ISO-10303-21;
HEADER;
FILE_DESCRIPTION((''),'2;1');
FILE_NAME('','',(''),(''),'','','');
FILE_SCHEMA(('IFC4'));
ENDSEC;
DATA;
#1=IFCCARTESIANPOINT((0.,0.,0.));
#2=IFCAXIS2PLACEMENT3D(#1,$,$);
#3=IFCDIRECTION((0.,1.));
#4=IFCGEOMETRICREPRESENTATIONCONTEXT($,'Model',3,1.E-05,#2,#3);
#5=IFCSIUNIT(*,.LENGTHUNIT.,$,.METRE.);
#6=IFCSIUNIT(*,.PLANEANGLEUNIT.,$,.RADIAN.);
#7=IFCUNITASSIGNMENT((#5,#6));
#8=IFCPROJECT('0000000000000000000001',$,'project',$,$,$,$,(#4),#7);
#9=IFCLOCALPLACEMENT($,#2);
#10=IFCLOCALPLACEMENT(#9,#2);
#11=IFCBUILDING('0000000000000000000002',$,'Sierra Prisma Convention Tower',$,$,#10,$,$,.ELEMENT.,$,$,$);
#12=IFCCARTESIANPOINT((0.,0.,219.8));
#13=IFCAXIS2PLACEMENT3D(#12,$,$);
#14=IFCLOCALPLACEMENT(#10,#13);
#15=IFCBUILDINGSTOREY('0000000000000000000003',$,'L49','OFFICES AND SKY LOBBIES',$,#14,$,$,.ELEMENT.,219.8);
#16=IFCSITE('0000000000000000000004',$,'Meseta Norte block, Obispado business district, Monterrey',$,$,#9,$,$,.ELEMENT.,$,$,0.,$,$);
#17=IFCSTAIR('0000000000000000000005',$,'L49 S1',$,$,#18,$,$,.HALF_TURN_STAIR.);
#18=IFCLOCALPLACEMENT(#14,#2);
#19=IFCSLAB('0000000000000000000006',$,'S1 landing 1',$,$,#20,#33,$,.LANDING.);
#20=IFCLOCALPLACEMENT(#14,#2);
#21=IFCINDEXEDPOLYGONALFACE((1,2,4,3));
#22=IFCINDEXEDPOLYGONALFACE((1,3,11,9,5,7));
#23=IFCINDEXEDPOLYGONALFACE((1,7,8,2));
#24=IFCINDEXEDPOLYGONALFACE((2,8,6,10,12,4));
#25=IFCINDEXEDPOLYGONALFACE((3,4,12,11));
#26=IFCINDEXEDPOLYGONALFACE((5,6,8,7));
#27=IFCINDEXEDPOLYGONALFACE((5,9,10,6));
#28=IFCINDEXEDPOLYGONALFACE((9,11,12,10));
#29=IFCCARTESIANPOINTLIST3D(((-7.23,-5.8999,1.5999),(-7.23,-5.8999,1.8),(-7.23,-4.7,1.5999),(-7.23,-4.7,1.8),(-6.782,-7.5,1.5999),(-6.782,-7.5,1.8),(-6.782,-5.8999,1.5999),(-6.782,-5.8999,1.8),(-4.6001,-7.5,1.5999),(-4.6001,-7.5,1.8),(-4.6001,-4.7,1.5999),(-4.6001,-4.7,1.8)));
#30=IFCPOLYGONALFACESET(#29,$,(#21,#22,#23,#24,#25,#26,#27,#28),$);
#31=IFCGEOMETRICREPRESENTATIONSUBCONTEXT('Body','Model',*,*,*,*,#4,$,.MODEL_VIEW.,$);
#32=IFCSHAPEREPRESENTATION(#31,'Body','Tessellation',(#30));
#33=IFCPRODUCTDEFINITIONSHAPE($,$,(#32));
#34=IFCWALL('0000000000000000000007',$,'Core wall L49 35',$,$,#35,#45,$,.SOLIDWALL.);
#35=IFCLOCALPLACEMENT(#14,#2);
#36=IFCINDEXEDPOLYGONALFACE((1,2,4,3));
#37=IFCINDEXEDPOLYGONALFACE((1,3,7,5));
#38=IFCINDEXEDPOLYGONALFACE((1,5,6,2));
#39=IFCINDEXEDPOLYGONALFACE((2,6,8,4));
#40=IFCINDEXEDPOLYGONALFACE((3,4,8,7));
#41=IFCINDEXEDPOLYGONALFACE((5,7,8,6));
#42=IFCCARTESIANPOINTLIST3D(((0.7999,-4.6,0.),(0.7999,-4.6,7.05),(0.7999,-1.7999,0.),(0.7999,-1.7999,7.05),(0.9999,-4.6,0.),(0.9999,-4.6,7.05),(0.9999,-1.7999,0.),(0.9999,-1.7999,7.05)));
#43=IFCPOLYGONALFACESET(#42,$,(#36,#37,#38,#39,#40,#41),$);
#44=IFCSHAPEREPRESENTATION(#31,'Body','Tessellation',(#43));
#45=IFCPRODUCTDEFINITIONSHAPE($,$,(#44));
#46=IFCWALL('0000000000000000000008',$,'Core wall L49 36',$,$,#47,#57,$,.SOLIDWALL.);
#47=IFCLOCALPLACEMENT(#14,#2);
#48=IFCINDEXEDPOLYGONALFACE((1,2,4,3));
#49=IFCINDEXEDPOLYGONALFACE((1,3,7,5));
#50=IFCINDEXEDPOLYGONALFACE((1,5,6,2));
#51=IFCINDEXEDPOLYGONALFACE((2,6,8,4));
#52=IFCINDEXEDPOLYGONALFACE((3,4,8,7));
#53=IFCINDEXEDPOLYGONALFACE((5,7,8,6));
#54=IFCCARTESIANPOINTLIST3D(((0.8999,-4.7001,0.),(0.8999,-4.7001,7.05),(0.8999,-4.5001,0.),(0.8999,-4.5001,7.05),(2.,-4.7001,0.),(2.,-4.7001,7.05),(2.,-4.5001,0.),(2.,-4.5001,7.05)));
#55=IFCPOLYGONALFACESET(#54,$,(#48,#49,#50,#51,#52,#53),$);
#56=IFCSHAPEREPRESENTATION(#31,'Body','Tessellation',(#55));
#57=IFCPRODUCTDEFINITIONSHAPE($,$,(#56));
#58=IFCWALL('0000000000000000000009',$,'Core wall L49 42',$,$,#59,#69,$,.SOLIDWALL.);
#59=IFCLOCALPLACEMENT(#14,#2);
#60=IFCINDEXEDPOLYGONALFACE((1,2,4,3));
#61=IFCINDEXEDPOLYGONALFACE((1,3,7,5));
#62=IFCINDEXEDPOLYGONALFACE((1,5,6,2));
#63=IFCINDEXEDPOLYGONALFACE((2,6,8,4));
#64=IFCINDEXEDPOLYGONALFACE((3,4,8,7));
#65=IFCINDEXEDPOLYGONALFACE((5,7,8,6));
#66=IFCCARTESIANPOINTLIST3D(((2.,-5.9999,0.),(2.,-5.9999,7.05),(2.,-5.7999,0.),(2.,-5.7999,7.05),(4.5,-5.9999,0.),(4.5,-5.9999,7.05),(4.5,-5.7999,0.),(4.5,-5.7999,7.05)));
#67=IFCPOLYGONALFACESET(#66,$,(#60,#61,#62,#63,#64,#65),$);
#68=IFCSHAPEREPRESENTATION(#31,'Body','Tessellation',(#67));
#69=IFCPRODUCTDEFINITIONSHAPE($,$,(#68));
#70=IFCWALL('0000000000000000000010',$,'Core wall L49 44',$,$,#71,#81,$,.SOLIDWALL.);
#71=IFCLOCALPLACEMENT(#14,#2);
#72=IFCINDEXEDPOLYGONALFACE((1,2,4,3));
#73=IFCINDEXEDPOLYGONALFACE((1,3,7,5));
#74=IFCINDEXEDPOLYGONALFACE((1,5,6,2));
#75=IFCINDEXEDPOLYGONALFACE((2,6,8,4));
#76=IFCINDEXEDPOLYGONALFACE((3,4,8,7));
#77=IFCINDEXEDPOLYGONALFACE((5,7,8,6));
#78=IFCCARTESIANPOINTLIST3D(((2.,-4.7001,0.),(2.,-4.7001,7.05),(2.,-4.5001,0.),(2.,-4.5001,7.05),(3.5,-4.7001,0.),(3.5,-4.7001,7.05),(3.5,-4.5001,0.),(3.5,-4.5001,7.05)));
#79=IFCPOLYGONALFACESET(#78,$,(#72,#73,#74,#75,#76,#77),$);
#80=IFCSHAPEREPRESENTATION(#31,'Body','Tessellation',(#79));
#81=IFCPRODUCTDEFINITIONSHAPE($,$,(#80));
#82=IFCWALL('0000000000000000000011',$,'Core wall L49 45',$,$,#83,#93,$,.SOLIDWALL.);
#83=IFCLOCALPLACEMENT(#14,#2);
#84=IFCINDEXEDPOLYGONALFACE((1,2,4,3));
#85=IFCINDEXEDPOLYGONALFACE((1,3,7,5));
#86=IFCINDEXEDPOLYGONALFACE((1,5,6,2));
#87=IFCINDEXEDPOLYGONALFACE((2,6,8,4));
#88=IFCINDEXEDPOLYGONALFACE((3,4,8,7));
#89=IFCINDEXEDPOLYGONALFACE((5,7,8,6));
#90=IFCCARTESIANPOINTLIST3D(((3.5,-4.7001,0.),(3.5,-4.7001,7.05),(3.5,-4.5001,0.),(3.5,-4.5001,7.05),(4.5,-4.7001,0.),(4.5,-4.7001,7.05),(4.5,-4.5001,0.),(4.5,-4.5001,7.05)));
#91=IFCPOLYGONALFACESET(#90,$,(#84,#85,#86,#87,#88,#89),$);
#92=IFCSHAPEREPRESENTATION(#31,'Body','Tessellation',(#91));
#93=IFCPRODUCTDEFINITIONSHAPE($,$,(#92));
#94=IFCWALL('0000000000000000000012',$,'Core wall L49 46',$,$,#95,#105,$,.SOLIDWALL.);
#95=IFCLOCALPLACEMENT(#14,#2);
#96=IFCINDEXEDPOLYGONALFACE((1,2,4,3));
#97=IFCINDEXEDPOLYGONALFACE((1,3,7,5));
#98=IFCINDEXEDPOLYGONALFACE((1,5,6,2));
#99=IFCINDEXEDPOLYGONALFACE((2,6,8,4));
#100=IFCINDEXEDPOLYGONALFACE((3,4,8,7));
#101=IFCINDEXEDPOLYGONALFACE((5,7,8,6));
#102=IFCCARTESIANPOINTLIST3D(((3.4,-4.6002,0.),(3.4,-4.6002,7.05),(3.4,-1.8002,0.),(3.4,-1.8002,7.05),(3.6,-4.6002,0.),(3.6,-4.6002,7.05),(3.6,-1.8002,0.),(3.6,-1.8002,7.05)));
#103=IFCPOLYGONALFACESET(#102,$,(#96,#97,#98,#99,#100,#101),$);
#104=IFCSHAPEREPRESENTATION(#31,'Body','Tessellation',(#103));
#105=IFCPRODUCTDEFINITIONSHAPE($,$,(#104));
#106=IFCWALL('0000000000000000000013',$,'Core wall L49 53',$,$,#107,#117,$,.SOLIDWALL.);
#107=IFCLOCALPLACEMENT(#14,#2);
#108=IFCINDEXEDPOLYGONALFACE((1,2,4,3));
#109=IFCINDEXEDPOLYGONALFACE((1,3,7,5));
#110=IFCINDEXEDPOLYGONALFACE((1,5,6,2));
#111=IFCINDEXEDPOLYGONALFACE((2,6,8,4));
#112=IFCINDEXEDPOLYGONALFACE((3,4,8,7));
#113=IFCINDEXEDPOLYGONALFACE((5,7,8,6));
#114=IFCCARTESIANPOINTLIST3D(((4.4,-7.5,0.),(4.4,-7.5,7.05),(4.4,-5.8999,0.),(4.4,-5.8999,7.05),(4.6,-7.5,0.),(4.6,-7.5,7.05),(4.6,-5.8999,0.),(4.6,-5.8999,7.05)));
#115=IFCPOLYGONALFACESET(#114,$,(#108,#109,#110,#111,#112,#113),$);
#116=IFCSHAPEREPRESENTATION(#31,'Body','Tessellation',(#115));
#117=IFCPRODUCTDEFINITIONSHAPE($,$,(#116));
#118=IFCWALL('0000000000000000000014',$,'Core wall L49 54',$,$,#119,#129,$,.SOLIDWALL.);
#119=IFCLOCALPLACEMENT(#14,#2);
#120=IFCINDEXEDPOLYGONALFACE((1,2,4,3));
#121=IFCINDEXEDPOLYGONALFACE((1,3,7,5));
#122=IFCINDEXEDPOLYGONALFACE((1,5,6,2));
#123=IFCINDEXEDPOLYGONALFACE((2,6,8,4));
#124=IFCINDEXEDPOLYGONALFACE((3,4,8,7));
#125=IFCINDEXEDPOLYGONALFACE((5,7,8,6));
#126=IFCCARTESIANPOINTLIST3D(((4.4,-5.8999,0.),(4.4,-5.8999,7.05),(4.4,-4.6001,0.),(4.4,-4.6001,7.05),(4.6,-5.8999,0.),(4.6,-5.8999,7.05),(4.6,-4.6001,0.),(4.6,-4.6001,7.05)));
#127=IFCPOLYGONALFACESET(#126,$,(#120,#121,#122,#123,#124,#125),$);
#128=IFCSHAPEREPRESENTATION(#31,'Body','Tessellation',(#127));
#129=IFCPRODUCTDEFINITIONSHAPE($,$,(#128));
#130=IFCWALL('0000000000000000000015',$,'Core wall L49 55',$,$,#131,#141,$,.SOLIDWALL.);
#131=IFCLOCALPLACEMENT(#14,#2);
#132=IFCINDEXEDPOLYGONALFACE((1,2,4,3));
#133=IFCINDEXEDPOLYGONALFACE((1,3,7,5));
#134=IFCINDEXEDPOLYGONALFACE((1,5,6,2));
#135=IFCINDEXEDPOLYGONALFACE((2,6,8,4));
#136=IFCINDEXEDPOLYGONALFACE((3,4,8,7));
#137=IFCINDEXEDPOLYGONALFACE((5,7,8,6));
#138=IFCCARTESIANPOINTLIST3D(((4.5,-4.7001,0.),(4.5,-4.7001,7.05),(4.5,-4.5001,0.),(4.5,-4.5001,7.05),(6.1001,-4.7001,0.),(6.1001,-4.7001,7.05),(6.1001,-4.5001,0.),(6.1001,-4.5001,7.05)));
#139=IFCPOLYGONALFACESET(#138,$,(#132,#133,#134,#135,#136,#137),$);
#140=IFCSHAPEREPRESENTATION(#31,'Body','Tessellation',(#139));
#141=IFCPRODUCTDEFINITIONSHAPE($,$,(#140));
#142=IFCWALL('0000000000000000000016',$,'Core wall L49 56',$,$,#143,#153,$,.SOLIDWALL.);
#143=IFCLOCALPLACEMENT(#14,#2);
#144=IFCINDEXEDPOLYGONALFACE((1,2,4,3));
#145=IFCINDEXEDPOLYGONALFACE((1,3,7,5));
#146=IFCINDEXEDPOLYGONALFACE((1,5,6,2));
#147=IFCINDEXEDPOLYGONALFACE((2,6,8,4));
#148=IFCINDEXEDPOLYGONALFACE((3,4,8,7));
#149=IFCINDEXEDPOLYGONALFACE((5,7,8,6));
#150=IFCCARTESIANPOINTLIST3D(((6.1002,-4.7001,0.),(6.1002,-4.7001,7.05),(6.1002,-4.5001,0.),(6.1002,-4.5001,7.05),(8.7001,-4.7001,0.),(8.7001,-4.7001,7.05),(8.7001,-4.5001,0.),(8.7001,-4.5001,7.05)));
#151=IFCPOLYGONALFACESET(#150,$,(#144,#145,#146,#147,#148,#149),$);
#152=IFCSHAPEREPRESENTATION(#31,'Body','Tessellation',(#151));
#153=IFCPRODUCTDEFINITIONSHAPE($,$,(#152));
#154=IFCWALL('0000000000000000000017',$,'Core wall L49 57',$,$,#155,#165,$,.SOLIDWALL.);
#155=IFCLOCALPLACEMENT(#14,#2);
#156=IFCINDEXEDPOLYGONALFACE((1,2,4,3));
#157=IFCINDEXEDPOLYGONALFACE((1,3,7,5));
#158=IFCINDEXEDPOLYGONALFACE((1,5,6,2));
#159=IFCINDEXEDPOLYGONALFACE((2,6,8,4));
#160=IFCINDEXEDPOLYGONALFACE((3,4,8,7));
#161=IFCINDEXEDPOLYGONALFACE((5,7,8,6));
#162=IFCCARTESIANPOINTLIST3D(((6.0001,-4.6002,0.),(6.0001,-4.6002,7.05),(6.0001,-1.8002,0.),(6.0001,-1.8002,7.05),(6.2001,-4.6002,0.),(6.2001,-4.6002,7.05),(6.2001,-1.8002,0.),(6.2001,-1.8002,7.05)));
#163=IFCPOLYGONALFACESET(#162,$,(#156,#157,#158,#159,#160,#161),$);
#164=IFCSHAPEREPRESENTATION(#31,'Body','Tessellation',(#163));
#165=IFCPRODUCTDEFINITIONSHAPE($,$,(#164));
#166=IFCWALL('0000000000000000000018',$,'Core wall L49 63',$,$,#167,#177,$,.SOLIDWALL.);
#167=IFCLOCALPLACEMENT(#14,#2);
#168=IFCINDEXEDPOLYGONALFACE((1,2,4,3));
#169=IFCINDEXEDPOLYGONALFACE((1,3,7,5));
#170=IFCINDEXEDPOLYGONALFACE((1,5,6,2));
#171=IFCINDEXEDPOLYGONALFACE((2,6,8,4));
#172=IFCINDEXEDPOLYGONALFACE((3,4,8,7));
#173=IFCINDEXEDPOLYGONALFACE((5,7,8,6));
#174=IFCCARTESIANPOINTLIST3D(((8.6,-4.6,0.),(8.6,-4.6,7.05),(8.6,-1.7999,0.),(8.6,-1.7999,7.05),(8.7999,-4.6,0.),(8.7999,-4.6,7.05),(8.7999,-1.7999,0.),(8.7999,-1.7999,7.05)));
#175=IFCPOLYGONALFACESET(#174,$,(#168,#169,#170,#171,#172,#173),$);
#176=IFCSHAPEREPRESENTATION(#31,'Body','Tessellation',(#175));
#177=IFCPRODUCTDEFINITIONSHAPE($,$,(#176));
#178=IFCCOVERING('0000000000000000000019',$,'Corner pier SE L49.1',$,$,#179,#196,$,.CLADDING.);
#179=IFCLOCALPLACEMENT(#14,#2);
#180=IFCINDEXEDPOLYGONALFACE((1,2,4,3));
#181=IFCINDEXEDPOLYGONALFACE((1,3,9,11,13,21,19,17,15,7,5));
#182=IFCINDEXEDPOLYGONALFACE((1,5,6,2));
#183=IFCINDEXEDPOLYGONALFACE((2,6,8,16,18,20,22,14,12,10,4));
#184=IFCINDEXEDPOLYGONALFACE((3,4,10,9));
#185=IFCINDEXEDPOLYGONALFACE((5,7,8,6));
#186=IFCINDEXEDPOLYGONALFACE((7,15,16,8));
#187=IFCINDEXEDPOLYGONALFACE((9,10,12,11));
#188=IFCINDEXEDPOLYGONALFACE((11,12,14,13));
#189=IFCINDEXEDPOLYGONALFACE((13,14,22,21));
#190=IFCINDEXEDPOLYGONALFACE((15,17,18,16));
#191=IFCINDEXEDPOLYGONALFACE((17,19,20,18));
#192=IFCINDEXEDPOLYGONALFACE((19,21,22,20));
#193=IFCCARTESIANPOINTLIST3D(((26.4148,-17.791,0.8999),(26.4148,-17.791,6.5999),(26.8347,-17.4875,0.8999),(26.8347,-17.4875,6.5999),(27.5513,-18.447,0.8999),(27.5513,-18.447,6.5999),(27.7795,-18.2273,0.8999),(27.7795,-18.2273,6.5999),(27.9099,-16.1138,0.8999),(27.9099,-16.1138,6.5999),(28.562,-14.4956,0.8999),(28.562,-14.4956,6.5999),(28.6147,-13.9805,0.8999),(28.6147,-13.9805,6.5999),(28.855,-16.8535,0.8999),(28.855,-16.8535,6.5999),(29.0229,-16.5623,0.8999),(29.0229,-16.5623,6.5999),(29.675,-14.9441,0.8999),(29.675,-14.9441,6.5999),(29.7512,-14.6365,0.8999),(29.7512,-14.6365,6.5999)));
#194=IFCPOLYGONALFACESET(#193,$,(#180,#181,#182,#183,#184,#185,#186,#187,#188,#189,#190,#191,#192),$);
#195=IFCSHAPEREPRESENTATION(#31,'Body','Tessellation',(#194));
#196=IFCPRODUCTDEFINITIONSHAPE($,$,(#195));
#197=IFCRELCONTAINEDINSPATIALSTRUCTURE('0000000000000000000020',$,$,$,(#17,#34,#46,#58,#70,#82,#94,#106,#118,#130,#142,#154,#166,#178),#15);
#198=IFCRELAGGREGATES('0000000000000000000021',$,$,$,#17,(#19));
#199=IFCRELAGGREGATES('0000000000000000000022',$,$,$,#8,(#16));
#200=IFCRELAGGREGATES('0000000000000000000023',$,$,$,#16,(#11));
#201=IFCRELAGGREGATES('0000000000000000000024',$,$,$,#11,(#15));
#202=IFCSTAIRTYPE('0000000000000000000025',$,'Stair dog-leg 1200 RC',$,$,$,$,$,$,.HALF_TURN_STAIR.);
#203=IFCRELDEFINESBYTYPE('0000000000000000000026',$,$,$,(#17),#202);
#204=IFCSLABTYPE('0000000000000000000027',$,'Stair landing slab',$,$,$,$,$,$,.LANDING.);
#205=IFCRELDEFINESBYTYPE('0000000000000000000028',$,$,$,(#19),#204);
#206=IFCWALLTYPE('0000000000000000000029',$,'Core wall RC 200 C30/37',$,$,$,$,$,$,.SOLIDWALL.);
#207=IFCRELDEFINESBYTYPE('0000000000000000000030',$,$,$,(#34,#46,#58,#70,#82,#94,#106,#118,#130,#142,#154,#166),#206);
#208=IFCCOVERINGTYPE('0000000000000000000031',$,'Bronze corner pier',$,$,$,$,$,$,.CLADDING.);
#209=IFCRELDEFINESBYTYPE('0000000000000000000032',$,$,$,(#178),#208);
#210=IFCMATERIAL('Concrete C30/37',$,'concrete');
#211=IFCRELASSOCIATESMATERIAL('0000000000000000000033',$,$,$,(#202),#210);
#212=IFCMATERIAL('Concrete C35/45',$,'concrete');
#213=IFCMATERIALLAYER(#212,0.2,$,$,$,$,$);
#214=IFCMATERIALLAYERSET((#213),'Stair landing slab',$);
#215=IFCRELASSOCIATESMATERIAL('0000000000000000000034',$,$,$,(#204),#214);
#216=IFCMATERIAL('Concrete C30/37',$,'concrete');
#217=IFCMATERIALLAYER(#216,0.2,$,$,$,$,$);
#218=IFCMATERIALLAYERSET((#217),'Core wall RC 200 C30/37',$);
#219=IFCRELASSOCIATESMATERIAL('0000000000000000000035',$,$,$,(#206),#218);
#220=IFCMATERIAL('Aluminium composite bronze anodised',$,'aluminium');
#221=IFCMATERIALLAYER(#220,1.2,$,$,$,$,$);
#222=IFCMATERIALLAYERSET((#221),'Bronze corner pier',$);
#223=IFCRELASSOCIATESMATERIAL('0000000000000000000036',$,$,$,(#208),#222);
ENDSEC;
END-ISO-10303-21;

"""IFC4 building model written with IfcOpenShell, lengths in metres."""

from ifc_helpers import new_model, si_unit, direction, frame, frame_2d, origin, place, context, subcontext, project, spatial, polyline, rectangle, outline, extrude, material, layer, layer_set, type_object, element, aggregate, save


model = new_model("IFC4")

# Units and contexts
model_context = context("Model", 3, precision=1e-05, world=origin(), true_north=direction((0.0, 1.0)))
body_context = subcontext(model_context, "Body", "Model", "MODEL_VIEW")
ifc_project = project(units=[si_unit("LENGTHUNIT", "METRE"), si_unit("PLANEANGLEUNIT", "RADIAN")], contexts=[model_context])

# Site, building, storey
site_placement = place(None, origin())
site = spatial("IfcSite", under=ifc_project, at=site_placement, Name="Meseta Norte block, Obispado business district, Monterrey", CompositionType="ELEMENT", RefElevation=0.0)
building_placement = place(site_placement, origin())
building = spatial("IfcBuilding", under=site, at=building_placement, Name="Sierra Prisma Convention Tower", CompositionType="ELEMENT")
storey_placement = place(building_placement, frame((0.0, 0.0, 219.8)))
storey = spatial("IfcBuildingStorey", under=building, at=storey_placement, Name="L49", Description="OFFICES AND SKY LOBBIES", CompositionType="ELEMENT", Elevation=219.8)

# Stair, slab
ifc_material_1 = material(Name="Concrete C30/37", Category="concrete")
stair_type = type_object("IfcStairType", Name="Stair dog-leg 1200 RC", PredefinedType="HALF_TURN_STAIR", material=ifc_material_1)
stair_placement = place(storey_placement, origin())
stair = element("IfcStair", 1, at=stair_placement, inside=storey, type_object=stair_type, Name="L49 S1", PredefinedType="HALF_TURN_STAIR")
ifc_material_2 = material(Name="Concrete C35/45", Category="concrete")
ifc_layer_1 = layer(ifc_material_2, 0.2)
ifc_layer_set_1 = layer_set([ifc_layer_1], Name="Stair landing slab")
slab_type = type_object("IfcSlabType", Name="Stair landing slab", PredefinedType="LANDING", material=ifc_layer_set_1)
slab_placement = place(storey_placement, frame((0.0, 0.0, 1.5999)))
slab = element("IfcSlab", 2, at=slab_placement, type_object=slab_type, Name="S1 landing 1", PredefinedType="LANDING", context=body_context, shape_type="SweptSolid", body=[
    extrude(outline(polyline([(-4.6001, -4.7), (-4.6001, -7.5), (-6.782, -7.5), (-6.782, -5.8999), (-7.23, -5.8999), (-7.23, -4.7), (-4.6001, -4.7)])), origin(), (0.0, 0.0, 1.0), 0.2002),
])
aggregate(stair, [slab])

# Shared definitions
ifc_material_3 = material(Name="Concrete C30/37", Category="concrete")
ifc_layer_2 = layer(ifc_material_3, 0.2)
ifc_layer_set_2 = layer_set([ifc_layer_2], Name="Core wall RC 200 C30/37")
wall_type = type_object("IfcWallType", Name="Core wall RC 200 C30/37", PredefinedType="SOLIDWALL", material=ifc_layer_set_2)

# Walls
wall_1_placement = place(storey_placement, frame((0.8999, -1.8, 0.0), z_axis=(0.0, 0.0, 1.0), x_axis=(0.0, -1.0, 0.0)))
element("IfcWall", 3, at=wall_1_placement, inside=storey, type_object=wall_type, Name="Core wall L49 35", PredefinedType="SOLIDWALL", context=body_context, shape_type="SweptSolid", body=[
    extrude(rectangle(XDim=2.8, YDim=0.2, at=frame_2d((1.3999, 0.0))), origin(), (0.0, 0.0, 1.0), 7.05),
])
wall_2_placement = place(storey_placement, frame((0.8999, -4.6001, 0.0), z_axis=(0.0, 0.0, 1.0), x_axis=(1.0, 0.0, 0.0)))
element("IfcWall", 4, at=wall_2_placement, inside=storey, type_object=wall_type, Name="Core wall L49 36", PredefinedType="SOLIDWALL", context=body_context, shape_type="SweptSolid", body=[
    extrude(rectangle(XDim=1.1001, YDim=0.2, at=frame_2d((0.55, 0.0))), origin(), (0.0, 0.0, 1.0), 7.05),
])
wall_3_placement = place(storey_placement, frame((4.5, -5.8999, 0.0), z_axis=(0.0, 0.0, 1.0), x_axis=(-1.0, 0.0, 0.0)))
element("IfcWall", 5, at=wall_3_placement, inside=storey, type_object=wall_type, Name="Core wall L49 42", PredefinedType="SOLIDWALL", context=body_context, shape_type="SweptSolid", body=[
    extrude(rectangle(XDim=2.5, YDim=0.2, at=frame_2d((1.25, 0.0))), origin(), (0.0, 0.0, 1.0), 7.05),
])

# Walls
wall_4_placement = place(storey_placement, frame((3.5, -4.6001, 0.0), z_axis=(0.0, 0.0, 1.0), x_axis=(-1.0, 0.0, 0.0)))
element("IfcWall", 6, at=wall_4_placement, inside=storey, type_object=wall_type, Name="Core wall L49 44", PredefinedType="SOLIDWALL", context=body_context, shape_type="SweptSolid", body=[
    extrude(rectangle(XDim=1.5, YDim=0.2, at=frame_2d((0.75, 0.0))), origin(), (0.0, 0.0, 1.0), 7.05),
])
wall_5_placement = place(storey_placement, frame((4.5, -4.6001, 0.0), z_axis=(0.0, 0.0, 1.0), x_axis=(-1.0, 0.0, 0.0)))
element("IfcWall", 7, at=wall_5_placement, inside=storey, type_object=wall_type, Name="Core wall L49 45", PredefinedType="SOLIDWALL", context=body_context, shape_type="SweptSolid", body=[
    extrude(rectangle(XDim=1.0, YDim=0.2, at=frame_2d((0.5, 0.0))), origin(), (0.0, 0.0, 1.0), 7.05),
])
wall_6_placement = place(storey_placement, frame((3.5, -4.6001, 0.0), z_axis=(0.0, 0.0, 1.0), x_axis=(0.0, 1.0, 0.0)))
element("IfcWall", 8, at=wall_6_placement, inside=storey, type_object=wall_type, Name="Core wall L49 46", PredefinedType="SOLIDWALL", context=body_context, shape_type="SweptSolid", body=[
    extrude(rectangle(XDim=2.8, YDim=0.2, at=frame_2d((1.3999, 0.0))), origin(), (0.0, 0.0, 1.0), 7.05),
])

# Walls
wall_7_placement = place(storey_placement, frame((4.5, -5.8999, 0.0), z_axis=(0.0, 0.0, 1.0), x_axis=(0.0, -1.0, 0.0)))
element("IfcWall", 9, at=wall_7_placement, inside=storey, type_object=wall_type, Name="Core wall L49 53", PredefinedType="SOLIDWALL", context=body_context, shape_type="SweptSolid", body=[
    extrude(rectangle(XDim=1.6001, YDim=0.2, at=frame_2d((0.8, 0.0))), origin(), (0.0, 0.0, 1.0), 7.05),
])
wall_8_placement = place(storey_placement, frame((4.5, -4.6001, 0.0), z_axis=(0.0, 0.0, 1.0), x_axis=(0.0, -1.0, 0.0)))
element("IfcWall", 10, at=wall_8_placement, inside=storey, type_object=wall_type, Name="Core wall L49 54", PredefinedType="SOLIDWALL", context=body_context, shape_type="SweptSolid", body=[
    extrude(rectangle(XDim=1.2998, YDim=0.2, at=frame_2d((0.6499, 0.0))), origin(), (0.0, 0.0, 1.0), 7.05),
])
wall_9_placement = place(storey_placement, frame((6.1001, -4.6001, 0.0), z_axis=(0.0, 0.0, 1.0), x_axis=(-1.0, 0.0, 0.0)))
element("IfcWall", 11, at=wall_9_placement, inside=storey, type_object=wall_type, Name="Core wall L49 55", PredefinedType="SOLIDWALL", context=body_context, shape_type="SweptSolid", body=[
    extrude(rectangle(XDim=1.6001, YDim=0.2, at=frame_2d((0.8, 0.0))), origin(), (0.0, 0.0, 1.0), 7.05),
])
wall_10_placement = place(storey_placement, frame((8.7, -4.6001, 0.0), z_axis=(0.0, 0.0, 1.0), x_axis=(-1.0, 0.0, 0.0)))
element("IfcWall", 12, at=wall_10_placement, inside=storey, type_object=wall_type, Name="Core wall L49 56", PredefinedType="SOLIDWALL", context=body_context, shape_type="SweptSolid", body=[
    extrude(rectangle(XDim=2.5999, YDim=0.2, at=frame_2d((1.2998, 0.0))), origin(), (0.0, 0.0, 1.0), 7.05),
])
wall_11_placement = place(storey_placement, frame((6.1001, -4.6001, 0.0), z_axis=(0.0, 0.0, 1.0), x_axis=(0.0, 1.0, 0.0)))
element("IfcWall", 13, at=wall_11_placement, inside=storey, type_object=wall_type, Name="Core wall L49 57", PredefinedType="SOLIDWALL", context=body_context, shape_type="SweptSolid", body=[
    extrude(rectangle(XDim=2.8, YDim=0.2, at=frame_2d((1.3999, 0.0))), origin(), (0.0, 0.0, 1.0), 7.05),
])

# Wall
wall_12_placement = place(storey_placement, frame((8.7, -1.8, 0.0), z_axis=(0.0, 0.0, 1.0), x_axis=(0.0, -1.0, 0.0)))
element("IfcWall", 14, at=wall_12_placement, inside=storey, type_object=wall_type, Name="Core wall L49 63", PredefinedType="SOLIDWALL", context=body_context, shape_type="SweptSolid", body=[
    extrude(rectangle(XDim=2.8, YDim=0.2, at=frame_2d((1.3999, 0.0))), origin(), (0.0, 0.0, 1.0), 7.05),
])

# Covering
ifc_material_4 = material(Name="Aluminium composite bronze anodised", Category="aluminium")
ifc_layer_3 = layer(ifc_material_4, 1.2)
ifc_layer_set_3 = layer_set([ifc_layer_3], Name="Bronze corner pier")
covering_type = type_object("IfcCoveringType", Name="Bronze corner pier", PredefinedType="CLADDING", material=ifc_layer_set_3)
covering_1_placement = place(storey_placement, frame((0.0, 0.0, 0.8999)))
element("IfcCovering", 15, at=covering_1_placement, inside=storey, type_object=covering_type, Name="Corner pier SE L49.1", PredefinedType="CLADDING", context=body_context, shape_type="SweptSolid", body=[
    extrude(outline(polyline([(29.0229, -16.5623), (28.855, -16.8535), (27.7795, -18.2273), (27.5513, -18.447), (26.4148, -17.791), (26.8347, -17.4875), (27.9099, -16.1138), (28.562, -14.4956), (28.6147, -13.9805), (29.7512, -14.6365), (29.675, -14.9441), (29.0229, -16.5623)])), origin(), (0.0, 0.0, 1.0), 5.7),
])

save(model, "model.ifc")
